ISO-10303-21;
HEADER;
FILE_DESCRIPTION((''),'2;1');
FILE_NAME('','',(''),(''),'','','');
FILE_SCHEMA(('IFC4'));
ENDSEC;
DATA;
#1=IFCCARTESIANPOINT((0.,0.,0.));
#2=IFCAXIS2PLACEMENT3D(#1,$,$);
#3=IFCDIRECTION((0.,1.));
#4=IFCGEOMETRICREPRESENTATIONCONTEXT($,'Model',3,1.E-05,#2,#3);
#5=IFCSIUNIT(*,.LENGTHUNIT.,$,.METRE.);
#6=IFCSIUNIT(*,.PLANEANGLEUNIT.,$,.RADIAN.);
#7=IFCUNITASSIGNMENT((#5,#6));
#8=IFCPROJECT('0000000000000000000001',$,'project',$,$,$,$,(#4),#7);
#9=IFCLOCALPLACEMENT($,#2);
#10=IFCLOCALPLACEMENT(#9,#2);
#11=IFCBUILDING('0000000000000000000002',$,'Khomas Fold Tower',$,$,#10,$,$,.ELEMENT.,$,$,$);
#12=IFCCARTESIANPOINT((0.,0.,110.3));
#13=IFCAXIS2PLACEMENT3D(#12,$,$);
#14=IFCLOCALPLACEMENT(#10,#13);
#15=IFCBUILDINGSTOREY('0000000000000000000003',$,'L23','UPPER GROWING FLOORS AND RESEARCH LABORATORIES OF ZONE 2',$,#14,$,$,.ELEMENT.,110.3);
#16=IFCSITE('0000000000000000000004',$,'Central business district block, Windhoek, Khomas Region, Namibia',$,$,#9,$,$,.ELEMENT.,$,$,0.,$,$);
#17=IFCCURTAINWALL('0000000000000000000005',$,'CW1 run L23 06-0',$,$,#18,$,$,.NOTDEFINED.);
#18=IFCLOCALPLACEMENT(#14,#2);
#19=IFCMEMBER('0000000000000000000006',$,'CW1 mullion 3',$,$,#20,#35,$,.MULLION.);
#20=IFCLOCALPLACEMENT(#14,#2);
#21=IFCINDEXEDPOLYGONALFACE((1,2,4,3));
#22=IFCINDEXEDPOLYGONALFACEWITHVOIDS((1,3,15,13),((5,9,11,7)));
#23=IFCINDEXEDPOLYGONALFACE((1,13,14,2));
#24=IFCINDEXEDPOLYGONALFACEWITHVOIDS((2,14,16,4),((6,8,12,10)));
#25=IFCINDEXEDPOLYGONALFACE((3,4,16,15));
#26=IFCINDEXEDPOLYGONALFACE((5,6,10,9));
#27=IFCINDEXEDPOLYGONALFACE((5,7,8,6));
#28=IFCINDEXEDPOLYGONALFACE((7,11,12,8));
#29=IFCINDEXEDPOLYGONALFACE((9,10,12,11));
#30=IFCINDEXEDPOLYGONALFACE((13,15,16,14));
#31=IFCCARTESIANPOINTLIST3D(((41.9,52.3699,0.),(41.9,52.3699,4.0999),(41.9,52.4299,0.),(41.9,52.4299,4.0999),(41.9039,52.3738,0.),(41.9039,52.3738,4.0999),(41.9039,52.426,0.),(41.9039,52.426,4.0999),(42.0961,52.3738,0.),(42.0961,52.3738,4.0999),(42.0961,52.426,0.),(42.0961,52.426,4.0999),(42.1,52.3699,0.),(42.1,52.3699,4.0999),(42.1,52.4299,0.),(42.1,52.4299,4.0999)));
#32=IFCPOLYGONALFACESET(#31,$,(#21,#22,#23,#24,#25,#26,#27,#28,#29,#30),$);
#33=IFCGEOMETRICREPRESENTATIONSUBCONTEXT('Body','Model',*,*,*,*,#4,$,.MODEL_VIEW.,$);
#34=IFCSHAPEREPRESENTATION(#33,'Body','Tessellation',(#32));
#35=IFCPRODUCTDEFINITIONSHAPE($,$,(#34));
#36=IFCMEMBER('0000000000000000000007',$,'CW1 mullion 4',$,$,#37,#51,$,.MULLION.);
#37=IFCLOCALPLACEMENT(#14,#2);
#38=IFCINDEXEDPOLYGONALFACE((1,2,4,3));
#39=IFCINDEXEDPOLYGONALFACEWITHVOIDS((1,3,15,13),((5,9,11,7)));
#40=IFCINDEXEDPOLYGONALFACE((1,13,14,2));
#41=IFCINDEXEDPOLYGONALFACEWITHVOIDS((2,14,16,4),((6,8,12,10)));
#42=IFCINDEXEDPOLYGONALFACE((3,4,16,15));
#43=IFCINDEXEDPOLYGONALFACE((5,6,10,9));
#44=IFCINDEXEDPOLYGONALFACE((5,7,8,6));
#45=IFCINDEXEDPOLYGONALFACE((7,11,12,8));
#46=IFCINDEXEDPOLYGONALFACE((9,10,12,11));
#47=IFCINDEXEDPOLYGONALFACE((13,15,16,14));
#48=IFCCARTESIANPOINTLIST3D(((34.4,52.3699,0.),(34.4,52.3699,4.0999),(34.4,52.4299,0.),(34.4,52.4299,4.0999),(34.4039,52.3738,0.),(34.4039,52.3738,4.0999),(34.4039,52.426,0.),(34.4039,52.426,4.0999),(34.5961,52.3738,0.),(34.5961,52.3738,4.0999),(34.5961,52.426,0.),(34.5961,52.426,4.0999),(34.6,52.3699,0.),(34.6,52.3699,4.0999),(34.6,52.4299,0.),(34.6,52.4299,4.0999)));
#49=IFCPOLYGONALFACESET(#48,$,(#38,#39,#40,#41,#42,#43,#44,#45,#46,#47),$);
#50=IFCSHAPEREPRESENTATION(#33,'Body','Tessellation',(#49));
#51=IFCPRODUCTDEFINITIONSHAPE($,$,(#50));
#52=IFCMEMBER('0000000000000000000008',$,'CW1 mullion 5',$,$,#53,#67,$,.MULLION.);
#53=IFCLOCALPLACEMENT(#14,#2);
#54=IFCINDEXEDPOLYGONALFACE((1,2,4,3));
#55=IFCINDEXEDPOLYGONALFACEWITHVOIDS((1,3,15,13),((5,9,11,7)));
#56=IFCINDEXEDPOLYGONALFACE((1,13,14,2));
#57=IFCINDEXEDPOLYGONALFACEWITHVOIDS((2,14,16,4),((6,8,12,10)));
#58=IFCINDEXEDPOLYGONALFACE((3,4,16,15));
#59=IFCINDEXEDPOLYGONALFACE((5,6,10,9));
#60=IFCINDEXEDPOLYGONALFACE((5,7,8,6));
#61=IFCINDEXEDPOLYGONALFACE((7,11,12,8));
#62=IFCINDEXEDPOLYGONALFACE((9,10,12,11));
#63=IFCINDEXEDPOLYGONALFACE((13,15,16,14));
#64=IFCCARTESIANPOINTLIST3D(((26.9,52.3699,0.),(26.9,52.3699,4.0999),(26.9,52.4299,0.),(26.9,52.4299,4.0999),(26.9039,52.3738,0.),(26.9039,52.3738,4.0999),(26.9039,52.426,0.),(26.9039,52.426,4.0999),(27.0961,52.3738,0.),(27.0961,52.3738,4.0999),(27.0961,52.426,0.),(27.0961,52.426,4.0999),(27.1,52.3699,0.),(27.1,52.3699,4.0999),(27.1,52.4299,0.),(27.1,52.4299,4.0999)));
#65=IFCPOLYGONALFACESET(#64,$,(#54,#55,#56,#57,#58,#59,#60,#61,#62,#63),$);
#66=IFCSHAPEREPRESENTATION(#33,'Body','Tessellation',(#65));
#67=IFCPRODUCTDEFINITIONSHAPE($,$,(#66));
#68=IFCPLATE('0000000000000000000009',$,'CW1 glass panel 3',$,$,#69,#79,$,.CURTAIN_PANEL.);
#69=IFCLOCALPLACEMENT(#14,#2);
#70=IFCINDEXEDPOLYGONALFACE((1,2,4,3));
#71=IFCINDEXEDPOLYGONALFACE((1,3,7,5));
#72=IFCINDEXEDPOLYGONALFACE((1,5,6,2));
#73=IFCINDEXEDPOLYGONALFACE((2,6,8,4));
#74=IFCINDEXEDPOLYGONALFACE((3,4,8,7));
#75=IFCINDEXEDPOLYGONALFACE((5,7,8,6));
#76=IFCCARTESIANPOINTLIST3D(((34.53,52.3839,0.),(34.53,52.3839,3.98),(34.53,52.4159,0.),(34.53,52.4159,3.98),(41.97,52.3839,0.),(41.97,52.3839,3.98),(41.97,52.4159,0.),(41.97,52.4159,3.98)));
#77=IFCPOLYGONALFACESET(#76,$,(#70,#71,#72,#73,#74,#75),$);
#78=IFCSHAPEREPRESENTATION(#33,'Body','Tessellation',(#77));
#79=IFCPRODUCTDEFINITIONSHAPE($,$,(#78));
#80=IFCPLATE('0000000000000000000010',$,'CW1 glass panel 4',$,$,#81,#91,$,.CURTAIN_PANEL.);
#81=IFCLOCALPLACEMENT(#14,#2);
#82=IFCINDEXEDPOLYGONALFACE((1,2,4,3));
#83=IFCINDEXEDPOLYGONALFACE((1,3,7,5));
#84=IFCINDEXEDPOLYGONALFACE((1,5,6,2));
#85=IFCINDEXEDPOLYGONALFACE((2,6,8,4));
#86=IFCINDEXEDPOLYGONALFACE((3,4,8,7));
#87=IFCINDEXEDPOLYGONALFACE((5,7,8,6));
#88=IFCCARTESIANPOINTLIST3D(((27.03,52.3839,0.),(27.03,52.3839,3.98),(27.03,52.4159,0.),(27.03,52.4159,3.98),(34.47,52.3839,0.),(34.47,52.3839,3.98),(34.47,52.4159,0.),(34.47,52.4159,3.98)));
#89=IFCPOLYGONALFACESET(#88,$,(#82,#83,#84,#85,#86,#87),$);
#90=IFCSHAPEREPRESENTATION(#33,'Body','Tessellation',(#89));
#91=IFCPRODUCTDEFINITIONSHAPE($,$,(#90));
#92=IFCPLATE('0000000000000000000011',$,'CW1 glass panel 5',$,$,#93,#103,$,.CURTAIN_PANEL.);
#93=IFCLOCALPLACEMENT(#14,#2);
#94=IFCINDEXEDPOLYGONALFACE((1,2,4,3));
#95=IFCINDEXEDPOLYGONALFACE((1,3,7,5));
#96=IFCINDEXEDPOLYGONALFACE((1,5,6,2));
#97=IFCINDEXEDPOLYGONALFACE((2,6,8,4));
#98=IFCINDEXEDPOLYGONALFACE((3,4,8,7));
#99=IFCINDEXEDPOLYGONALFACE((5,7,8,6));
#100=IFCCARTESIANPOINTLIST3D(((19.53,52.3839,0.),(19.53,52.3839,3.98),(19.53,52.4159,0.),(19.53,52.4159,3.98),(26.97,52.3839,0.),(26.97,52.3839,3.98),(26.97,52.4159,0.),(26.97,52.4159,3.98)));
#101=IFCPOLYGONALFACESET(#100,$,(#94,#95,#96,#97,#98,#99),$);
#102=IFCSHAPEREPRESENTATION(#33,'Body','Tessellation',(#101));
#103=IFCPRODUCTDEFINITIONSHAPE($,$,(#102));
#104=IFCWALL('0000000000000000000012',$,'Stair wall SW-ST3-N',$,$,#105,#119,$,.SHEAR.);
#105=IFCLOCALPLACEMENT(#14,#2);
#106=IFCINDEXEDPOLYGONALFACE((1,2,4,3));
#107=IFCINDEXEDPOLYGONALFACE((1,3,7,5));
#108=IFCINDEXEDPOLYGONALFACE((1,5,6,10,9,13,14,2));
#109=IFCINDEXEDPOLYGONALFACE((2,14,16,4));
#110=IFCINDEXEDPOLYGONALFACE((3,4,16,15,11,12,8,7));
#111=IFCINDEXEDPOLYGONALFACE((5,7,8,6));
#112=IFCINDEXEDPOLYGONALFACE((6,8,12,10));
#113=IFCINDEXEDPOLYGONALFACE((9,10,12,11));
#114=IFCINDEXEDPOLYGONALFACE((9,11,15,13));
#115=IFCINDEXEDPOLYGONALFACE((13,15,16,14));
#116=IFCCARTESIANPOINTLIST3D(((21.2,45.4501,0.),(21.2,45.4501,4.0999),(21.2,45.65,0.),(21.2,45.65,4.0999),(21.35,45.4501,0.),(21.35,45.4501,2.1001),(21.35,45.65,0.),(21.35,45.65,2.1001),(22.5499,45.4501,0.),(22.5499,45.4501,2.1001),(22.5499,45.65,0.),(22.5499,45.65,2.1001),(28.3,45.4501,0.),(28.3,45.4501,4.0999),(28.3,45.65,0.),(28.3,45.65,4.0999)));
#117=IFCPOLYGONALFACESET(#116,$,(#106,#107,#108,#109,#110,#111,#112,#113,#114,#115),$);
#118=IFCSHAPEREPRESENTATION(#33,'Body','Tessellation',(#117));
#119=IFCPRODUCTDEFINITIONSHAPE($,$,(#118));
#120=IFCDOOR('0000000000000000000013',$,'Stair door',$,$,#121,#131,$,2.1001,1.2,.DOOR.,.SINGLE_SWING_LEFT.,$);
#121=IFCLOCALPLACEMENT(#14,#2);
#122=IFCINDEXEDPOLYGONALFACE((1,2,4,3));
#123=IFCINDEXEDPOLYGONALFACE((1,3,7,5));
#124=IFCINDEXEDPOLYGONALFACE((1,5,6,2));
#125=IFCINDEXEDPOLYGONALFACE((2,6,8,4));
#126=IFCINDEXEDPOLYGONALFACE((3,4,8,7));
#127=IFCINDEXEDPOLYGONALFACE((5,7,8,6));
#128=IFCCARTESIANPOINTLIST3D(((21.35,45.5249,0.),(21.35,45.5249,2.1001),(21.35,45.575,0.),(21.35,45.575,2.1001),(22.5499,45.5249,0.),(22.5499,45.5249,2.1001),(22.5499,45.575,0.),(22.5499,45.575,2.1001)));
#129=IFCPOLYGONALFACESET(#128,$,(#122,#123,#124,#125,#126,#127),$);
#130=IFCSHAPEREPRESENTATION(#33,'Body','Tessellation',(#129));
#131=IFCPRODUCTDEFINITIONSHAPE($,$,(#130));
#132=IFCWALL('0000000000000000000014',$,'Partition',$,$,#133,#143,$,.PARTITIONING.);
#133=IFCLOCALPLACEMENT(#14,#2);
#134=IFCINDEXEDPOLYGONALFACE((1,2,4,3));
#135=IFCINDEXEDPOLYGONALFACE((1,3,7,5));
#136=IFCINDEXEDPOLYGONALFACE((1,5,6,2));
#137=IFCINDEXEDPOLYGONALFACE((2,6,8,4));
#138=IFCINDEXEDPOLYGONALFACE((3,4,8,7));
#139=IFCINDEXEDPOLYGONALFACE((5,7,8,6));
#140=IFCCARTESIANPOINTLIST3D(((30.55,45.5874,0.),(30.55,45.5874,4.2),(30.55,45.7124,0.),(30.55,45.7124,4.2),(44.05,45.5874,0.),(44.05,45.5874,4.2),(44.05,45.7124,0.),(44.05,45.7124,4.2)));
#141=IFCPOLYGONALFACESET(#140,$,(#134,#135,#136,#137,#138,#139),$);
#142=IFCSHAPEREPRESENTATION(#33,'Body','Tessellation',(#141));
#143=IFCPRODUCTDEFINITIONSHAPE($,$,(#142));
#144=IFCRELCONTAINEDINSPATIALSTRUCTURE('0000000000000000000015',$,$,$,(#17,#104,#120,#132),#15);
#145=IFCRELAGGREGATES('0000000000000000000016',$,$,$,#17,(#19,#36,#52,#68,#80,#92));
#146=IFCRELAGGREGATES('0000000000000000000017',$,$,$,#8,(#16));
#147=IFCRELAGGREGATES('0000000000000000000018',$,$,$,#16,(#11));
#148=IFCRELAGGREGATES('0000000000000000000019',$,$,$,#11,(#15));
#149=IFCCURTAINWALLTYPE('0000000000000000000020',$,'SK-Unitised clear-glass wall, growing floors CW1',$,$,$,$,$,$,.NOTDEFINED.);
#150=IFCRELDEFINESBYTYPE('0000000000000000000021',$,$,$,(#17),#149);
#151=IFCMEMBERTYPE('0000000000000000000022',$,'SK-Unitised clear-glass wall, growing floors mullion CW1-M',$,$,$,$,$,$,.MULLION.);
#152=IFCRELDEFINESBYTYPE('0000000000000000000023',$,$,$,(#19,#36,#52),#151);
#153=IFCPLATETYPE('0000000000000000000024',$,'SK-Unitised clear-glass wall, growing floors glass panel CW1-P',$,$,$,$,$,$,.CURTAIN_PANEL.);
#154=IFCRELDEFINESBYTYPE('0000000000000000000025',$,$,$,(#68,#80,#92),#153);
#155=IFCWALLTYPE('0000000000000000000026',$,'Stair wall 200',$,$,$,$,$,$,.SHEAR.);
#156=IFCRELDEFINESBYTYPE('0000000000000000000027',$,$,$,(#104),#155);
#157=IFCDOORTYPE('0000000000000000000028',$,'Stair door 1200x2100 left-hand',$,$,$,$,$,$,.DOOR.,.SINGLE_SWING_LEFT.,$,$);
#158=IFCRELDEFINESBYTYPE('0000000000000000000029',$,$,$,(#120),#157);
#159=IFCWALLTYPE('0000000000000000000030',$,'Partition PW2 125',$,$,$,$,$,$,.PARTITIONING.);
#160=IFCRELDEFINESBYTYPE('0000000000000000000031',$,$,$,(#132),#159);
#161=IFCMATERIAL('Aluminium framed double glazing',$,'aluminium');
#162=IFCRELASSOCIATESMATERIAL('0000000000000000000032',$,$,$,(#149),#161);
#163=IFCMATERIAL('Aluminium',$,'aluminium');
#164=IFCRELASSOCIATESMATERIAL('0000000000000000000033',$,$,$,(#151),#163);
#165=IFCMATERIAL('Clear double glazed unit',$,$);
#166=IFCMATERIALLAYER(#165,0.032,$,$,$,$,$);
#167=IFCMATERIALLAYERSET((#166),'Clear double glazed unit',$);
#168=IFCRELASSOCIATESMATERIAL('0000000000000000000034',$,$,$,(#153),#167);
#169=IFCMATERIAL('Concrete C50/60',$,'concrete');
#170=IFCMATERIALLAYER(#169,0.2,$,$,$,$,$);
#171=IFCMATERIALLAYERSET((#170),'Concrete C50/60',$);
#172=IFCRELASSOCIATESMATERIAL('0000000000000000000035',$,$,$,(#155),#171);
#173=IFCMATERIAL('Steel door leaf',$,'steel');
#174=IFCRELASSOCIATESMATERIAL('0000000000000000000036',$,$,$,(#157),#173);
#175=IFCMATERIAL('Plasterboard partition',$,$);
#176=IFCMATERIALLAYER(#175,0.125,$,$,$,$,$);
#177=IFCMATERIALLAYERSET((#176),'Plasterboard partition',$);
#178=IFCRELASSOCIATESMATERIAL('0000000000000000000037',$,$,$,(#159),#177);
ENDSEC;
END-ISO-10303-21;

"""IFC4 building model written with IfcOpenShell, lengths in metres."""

from ifc_helpers import new_model, si_unit, direction, frame, frame_2d, origin, origin_2d, place, context, subcontext, project, spatial, rectangle, hollow_rectangle, extrude, source, transform, mapped, material, layer, layer_set, material_profile, profile_set, type_object, element, fill, aggregate, save


model = new_model("IFC4")

# Units and contexts
model_context = context("Model", 3, precision=1e-05, world=origin(), true_north=direction((0.0, 1.0)))
body_context = subcontext(model_context, "Body", "Model", "MODEL_VIEW")
ifc_project = project(units=[si_unit("LENGTHUNIT", "METRE"), si_unit("PLANEANGLEUNIT", "RADIAN")], contexts=[model_context])

# Site, building, storey
site_placement = place(None, origin())
site = spatial("IfcSite", under=ifc_project, at=site_placement, Name="Central business district block, Windhoek, Khomas Region, Namibia", CompositionType="ELEMENT", RefElevation=0.0)
building_placement = place(site_placement, origin())
building = spatial("IfcBuilding", under=site, at=building_placement, Name="Khomas Fold Tower", CompositionType="ELEMENT")
storey_placement = place(building_placement, frame((0.0, 0.0, 110.3)))
storey = spatial("IfcBuildingStorey", under=building, at=storey_placement, Name="L23", Description="UPPER GROWING FLOORS AND RESEARCH LABORATORIES OF ZONE 2", CompositionType="ELEMENT", Elevation=110.3)

# Curtain wall, members, plates
ifc_material_1 = material(Name="Aluminium framed double glazing", Category="aluminium")
curtain_wall_type = type_object("IfcCurtainWallType", Name="SK-Unitised clear-glass wall, growing floors CW1", PredefinedType="NOTDEFINED", material=ifc_material_1)
curtain_wall_placement = place(storey_placement, origin())
curtain_wall = element("IfcCurtainWall", 1, at=curtain_wall_placement, inside=storey, type_object=curtain_wall_type, Name="CW1 run L23 06-0", PredefinedType="NOTDEFINED")
ifc_material_2 = material(Name="Aluminium", Category="aluminium")
ifc_material_profile_1 = material_profile(ifc_material_2, hollow_rectangle(XDim=0.0601, YDim=0.2, WallThickness=0.0039, at=origin_2d()), Name="SK-Unitised clear-glass wall, growing floors mullion CW1-M")
ifc_profile_set_1 = profile_set([ifc_material_profile_1], Name="Aluminium")
member_type_1 = type_object("IfcMemberType", Name="SK-Unitised clear-glass wall, growing floors mullion CW1-M", PredefinedType="MULLION", material=ifc_profile_set_1)
shared_shape_1 = source(origin(), body_context, "Body", "SweptSolid", [
    extrude(hollow_rectangle(XDim=0.0601, YDim=0.2, WallThickness=0.0039, at=origin_2d()), origin(), (0.0, 0.0, 1.0), 4.0999),
])
member_1_placement = place(storey_placement, frame((42.0, 52.3999, 0.0), z_axis=(0.0, 0.0, 1.0), x_axis=(0.0, -1.0, 0.0)))
member_1 = element("IfcMember", 2, at=member_1_placement, type_object=member_type_1, Name="CW1 mullion 3", PredefinedType="MULLION", context=body_context, shape_type="MappedRepresentation", body=[
    mapped(shared_shape_1, transform((0.0, 0.0, 0.0))),
])
member_2_placement = place(storey_placement, frame((34.5, 52.3999, 0.0), z_axis=(0.0, 0.0, 1.0), x_axis=(0.0, -1.0, 0.0)))
member_2 = element("IfcMember", 3, at=member_2_placement, type_object=member_type_1, Name="CW1 mullion 4", PredefinedType="MULLION", context=body_context, shape_type="MappedRepresentation", body=[
    mapped(shared_shape_1, transform((0.0, 0.0, 0.0))),
])
member_3_placement = place(storey_placement, frame((27.0, 52.3999, 0.0), z_axis=(0.0, 0.0, 1.0), x_axis=(0.0, -1.0, 0.0)))
member_3 = element("IfcMember", 4, at=member_3_placement, type_object=member_type_1, Name="CW1 mullion 5", PredefinedType="MULLION", context=body_context, shape_type="MappedRepresentation", body=[
    mapped(shared_shape_1, transform((0.0, 0.0, 0.0))),
])
ifc_material_3 = material(Name="Clear double glazed unit")
ifc_layer_1 = layer(ifc_material_3, 0.032)
ifc_layer_set_1 = layer_set([ifc_layer_1], Name="Clear double glazed unit")
plate_type = type_object("IfcPlateType", Name="SK-Unitised clear-glass wall, growing floors glass panel CW1-P", PredefinedType="CURTAIN_PANEL", material=ifc_layer_set_1)
shared_shape_2 = source(origin(), body_context, "Body", "SweptSolid", [
    extrude(rectangle(XDim=7.4399, YDim=0.032, at=origin_2d()), origin(), (0.0, 0.0, 1.0), 3.98),
])
plate_1_placement = place(storey_placement, frame((38.25, 52.3999, 0.0), z_axis=(0.0, 0.0, 1.0), x_axis=(-1.0, 0.0, 0.0)))
plate_1 = element("IfcPlate", 5, at=plate_1_placement, type_object=plate_type, Name="CW1 glass panel 3", PredefinedType="CURTAIN_PANEL", context=body_context, shape_type="MappedRepresentation", body=[
    mapped(shared_shape_2, transform((0.0, 0.0, 0.0))),
])
plate_2_placement = place(storey_placement, frame((30.75, 52.3999, 0.0), z_axis=(0.0, 0.0, 1.0), x_axis=(-1.0, 0.0, 0.0)))
plate_2 = element("IfcPlate", 6, at=plate_2_placement, type_object=plate_type, Name="CW1 glass panel 4", PredefinedType="CURTAIN_PANEL", context=body_context, shape_type="MappedRepresentation", body=[
    mapped(shared_shape_2, transform((0.0, 0.0, 0.0))),
])
plate_3_placement = place(storey_placement, frame((23.25, 52.3999, 0.0), z_axis=(0.0, 0.0, 1.0), x_axis=(-1.0, 0.0, 0.0)))
plate_3 = element("IfcPlate", 7, at=plate_3_placement, type_object=plate_type, Name="CW1 glass panel 5", PredefinedType="CURTAIN_PANEL", context=body_context, shape_type="MappedRepresentation", body=[
    mapped(shared_shape_2, transform((0.0, 0.0, 0.0))),
])
aggregate(curtain_wall, [member_1, member_2, member_3, plate_1, plate_2, plate_3])

# Wall, opening, door
ifc_material_4 = material(Name="Concrete C50/60", Category="concrete")
ifc_layer_2 = layer(ifc_material_4, 0.2)
ifc_layer_set_2 = layer_set([ifc_layer_2], Name="Concrete C50/60")
wall_type_1 = type_object("IfcWallType", Name="Stair wall 200", PredefinedType="SHEAR", material=ifc_layer_set_2)
shared_shape_3 = source(origin(), body_context, "Body", "SweptSolid", [
    extrude(rectangle(XDim=7.1001, YDim=0.2, at=frame_2d((3.55, 0.0))), origin(), (0.0, 0.0, 1.0), 4.0999),
])
wall_1_placement = place(storey_placement, frame((21.2, 45.55, 0.0), z_axis=(0.0, 0.0, 1.0), x_axis=(1.0, 0.0, 0.0)))
wall_1 = element("IfcWall", 8, at=wall_1_placement, inside=storey, type_object=wall_type_1, Name="Stair wall SW-ST3-N", PredefinedType="SHEAR", context=body_context, shape_type="MappedRepresentation", body=[
    mapped(shared_shape_3, transform((0.0, 0.0, 0.0))),
])
shared_shape_4 = source(origin(), body_context, "Body", "SweptSolid", [
    extrude(rectangle(XDim=1.2, YDim=2.1001, at=frame_2d((0.6001, 1.05))), frame((0.0, 0.1099, 0.0), z_axis=(0.0, -1.0, 0.0), x_axis=(1.0, 0.0, 0.0)), (0.0, 0.0, 1.0), 0.22),
])
opening_placement = place(wall_1_placement, frame((0.1499, 0.0, 0.0)))
opening = element("IfcOpeningElement", 9, at=opening_placement, cuts=wall_1, PredefinedType="OPENING", context=body_context, shape_type="MappedRepresentation", body=[
    mapped(shared_shape_4, transform((0.0, 0.0, 0.0))),
])
ifc_material_5 = material(Name="Steel door leaf", Category="steel")
door_type = type_object("IfcDoorType", Name="Stair door 1200x2100 left-hand", OperationType="SINGLE_SWING_LEFT", PredefinedType="DOOR", material=ifc_material_5)
shared_shape_5 = source(origin(), body_context, "Body", "SweptSolid", [
    extrude(rectangle(XDim=1.2, YDim=2.1001, at=frame_2d((0.6001, 1.05))), frame((0.0, 0.0249, 0.0), z_axis=(0.0, -1.0, 0.0), x_axis=(1.0, 0.0, 0.0)), (0.0, 0.0, 1.0), 0.05),
])
door_placement = place(opening_placement, origin())
door = element("IfcDoor", 10, at=door_placement, inside=storey, type_object=door_type, Name="Stair door", OperationType="SINGLE_SWING_LEFT", OverallHeight=2.1001, OverallWidth=1.2, PredefinedType="DOOR", context=body_context, shape_type="MappedRepresentation", body=[
    mapped(shared_shape_5, transform((0.0, 0.0, 0.0))),
])
fill(opening, door)

# Wall
ifc_material_6 = material(Name="Plasterboard partition")
ifc_layer_3 = layer(ifc_material_6, 0.125)
ifc_layer_set_3 = layer_set([ifc_layer_3], Name="Plasterboard partition")
wall_type_2 = type_object("IfcWallType", Name="Partition PW2 125", PredefinedType="PARTITIONING", material=ifc_layer_set_3)
shared_shape_6 = source(origin(), body_context, "Body", "SweptSolid", [
    extrude(rectangle(XDim=13.5, YDim=0.125, at=frame_2d((6.75, 0.0))), origin(), (0.0, 0.0, 1.0), 4.2),
])
wall_2_placement = place(storey_placement, frame((30.55, 45.6499, 0.0), z_axis=(0.0, 0.0, 1.0), x_axis=(1.0, 0.0, 0.0)))
element("IfcWall", 11, at=wall_2_placement, inside=storey, type_object=wall_type_2, Name="Partition", PredefinedType="PARTITIONING", context=body_context, shape_type="MappedRepresentation", body=[
    mapped(shared_shape_6, transform((0.0, 0.0, 0.0))),
])

save(model, "model.ifc")
